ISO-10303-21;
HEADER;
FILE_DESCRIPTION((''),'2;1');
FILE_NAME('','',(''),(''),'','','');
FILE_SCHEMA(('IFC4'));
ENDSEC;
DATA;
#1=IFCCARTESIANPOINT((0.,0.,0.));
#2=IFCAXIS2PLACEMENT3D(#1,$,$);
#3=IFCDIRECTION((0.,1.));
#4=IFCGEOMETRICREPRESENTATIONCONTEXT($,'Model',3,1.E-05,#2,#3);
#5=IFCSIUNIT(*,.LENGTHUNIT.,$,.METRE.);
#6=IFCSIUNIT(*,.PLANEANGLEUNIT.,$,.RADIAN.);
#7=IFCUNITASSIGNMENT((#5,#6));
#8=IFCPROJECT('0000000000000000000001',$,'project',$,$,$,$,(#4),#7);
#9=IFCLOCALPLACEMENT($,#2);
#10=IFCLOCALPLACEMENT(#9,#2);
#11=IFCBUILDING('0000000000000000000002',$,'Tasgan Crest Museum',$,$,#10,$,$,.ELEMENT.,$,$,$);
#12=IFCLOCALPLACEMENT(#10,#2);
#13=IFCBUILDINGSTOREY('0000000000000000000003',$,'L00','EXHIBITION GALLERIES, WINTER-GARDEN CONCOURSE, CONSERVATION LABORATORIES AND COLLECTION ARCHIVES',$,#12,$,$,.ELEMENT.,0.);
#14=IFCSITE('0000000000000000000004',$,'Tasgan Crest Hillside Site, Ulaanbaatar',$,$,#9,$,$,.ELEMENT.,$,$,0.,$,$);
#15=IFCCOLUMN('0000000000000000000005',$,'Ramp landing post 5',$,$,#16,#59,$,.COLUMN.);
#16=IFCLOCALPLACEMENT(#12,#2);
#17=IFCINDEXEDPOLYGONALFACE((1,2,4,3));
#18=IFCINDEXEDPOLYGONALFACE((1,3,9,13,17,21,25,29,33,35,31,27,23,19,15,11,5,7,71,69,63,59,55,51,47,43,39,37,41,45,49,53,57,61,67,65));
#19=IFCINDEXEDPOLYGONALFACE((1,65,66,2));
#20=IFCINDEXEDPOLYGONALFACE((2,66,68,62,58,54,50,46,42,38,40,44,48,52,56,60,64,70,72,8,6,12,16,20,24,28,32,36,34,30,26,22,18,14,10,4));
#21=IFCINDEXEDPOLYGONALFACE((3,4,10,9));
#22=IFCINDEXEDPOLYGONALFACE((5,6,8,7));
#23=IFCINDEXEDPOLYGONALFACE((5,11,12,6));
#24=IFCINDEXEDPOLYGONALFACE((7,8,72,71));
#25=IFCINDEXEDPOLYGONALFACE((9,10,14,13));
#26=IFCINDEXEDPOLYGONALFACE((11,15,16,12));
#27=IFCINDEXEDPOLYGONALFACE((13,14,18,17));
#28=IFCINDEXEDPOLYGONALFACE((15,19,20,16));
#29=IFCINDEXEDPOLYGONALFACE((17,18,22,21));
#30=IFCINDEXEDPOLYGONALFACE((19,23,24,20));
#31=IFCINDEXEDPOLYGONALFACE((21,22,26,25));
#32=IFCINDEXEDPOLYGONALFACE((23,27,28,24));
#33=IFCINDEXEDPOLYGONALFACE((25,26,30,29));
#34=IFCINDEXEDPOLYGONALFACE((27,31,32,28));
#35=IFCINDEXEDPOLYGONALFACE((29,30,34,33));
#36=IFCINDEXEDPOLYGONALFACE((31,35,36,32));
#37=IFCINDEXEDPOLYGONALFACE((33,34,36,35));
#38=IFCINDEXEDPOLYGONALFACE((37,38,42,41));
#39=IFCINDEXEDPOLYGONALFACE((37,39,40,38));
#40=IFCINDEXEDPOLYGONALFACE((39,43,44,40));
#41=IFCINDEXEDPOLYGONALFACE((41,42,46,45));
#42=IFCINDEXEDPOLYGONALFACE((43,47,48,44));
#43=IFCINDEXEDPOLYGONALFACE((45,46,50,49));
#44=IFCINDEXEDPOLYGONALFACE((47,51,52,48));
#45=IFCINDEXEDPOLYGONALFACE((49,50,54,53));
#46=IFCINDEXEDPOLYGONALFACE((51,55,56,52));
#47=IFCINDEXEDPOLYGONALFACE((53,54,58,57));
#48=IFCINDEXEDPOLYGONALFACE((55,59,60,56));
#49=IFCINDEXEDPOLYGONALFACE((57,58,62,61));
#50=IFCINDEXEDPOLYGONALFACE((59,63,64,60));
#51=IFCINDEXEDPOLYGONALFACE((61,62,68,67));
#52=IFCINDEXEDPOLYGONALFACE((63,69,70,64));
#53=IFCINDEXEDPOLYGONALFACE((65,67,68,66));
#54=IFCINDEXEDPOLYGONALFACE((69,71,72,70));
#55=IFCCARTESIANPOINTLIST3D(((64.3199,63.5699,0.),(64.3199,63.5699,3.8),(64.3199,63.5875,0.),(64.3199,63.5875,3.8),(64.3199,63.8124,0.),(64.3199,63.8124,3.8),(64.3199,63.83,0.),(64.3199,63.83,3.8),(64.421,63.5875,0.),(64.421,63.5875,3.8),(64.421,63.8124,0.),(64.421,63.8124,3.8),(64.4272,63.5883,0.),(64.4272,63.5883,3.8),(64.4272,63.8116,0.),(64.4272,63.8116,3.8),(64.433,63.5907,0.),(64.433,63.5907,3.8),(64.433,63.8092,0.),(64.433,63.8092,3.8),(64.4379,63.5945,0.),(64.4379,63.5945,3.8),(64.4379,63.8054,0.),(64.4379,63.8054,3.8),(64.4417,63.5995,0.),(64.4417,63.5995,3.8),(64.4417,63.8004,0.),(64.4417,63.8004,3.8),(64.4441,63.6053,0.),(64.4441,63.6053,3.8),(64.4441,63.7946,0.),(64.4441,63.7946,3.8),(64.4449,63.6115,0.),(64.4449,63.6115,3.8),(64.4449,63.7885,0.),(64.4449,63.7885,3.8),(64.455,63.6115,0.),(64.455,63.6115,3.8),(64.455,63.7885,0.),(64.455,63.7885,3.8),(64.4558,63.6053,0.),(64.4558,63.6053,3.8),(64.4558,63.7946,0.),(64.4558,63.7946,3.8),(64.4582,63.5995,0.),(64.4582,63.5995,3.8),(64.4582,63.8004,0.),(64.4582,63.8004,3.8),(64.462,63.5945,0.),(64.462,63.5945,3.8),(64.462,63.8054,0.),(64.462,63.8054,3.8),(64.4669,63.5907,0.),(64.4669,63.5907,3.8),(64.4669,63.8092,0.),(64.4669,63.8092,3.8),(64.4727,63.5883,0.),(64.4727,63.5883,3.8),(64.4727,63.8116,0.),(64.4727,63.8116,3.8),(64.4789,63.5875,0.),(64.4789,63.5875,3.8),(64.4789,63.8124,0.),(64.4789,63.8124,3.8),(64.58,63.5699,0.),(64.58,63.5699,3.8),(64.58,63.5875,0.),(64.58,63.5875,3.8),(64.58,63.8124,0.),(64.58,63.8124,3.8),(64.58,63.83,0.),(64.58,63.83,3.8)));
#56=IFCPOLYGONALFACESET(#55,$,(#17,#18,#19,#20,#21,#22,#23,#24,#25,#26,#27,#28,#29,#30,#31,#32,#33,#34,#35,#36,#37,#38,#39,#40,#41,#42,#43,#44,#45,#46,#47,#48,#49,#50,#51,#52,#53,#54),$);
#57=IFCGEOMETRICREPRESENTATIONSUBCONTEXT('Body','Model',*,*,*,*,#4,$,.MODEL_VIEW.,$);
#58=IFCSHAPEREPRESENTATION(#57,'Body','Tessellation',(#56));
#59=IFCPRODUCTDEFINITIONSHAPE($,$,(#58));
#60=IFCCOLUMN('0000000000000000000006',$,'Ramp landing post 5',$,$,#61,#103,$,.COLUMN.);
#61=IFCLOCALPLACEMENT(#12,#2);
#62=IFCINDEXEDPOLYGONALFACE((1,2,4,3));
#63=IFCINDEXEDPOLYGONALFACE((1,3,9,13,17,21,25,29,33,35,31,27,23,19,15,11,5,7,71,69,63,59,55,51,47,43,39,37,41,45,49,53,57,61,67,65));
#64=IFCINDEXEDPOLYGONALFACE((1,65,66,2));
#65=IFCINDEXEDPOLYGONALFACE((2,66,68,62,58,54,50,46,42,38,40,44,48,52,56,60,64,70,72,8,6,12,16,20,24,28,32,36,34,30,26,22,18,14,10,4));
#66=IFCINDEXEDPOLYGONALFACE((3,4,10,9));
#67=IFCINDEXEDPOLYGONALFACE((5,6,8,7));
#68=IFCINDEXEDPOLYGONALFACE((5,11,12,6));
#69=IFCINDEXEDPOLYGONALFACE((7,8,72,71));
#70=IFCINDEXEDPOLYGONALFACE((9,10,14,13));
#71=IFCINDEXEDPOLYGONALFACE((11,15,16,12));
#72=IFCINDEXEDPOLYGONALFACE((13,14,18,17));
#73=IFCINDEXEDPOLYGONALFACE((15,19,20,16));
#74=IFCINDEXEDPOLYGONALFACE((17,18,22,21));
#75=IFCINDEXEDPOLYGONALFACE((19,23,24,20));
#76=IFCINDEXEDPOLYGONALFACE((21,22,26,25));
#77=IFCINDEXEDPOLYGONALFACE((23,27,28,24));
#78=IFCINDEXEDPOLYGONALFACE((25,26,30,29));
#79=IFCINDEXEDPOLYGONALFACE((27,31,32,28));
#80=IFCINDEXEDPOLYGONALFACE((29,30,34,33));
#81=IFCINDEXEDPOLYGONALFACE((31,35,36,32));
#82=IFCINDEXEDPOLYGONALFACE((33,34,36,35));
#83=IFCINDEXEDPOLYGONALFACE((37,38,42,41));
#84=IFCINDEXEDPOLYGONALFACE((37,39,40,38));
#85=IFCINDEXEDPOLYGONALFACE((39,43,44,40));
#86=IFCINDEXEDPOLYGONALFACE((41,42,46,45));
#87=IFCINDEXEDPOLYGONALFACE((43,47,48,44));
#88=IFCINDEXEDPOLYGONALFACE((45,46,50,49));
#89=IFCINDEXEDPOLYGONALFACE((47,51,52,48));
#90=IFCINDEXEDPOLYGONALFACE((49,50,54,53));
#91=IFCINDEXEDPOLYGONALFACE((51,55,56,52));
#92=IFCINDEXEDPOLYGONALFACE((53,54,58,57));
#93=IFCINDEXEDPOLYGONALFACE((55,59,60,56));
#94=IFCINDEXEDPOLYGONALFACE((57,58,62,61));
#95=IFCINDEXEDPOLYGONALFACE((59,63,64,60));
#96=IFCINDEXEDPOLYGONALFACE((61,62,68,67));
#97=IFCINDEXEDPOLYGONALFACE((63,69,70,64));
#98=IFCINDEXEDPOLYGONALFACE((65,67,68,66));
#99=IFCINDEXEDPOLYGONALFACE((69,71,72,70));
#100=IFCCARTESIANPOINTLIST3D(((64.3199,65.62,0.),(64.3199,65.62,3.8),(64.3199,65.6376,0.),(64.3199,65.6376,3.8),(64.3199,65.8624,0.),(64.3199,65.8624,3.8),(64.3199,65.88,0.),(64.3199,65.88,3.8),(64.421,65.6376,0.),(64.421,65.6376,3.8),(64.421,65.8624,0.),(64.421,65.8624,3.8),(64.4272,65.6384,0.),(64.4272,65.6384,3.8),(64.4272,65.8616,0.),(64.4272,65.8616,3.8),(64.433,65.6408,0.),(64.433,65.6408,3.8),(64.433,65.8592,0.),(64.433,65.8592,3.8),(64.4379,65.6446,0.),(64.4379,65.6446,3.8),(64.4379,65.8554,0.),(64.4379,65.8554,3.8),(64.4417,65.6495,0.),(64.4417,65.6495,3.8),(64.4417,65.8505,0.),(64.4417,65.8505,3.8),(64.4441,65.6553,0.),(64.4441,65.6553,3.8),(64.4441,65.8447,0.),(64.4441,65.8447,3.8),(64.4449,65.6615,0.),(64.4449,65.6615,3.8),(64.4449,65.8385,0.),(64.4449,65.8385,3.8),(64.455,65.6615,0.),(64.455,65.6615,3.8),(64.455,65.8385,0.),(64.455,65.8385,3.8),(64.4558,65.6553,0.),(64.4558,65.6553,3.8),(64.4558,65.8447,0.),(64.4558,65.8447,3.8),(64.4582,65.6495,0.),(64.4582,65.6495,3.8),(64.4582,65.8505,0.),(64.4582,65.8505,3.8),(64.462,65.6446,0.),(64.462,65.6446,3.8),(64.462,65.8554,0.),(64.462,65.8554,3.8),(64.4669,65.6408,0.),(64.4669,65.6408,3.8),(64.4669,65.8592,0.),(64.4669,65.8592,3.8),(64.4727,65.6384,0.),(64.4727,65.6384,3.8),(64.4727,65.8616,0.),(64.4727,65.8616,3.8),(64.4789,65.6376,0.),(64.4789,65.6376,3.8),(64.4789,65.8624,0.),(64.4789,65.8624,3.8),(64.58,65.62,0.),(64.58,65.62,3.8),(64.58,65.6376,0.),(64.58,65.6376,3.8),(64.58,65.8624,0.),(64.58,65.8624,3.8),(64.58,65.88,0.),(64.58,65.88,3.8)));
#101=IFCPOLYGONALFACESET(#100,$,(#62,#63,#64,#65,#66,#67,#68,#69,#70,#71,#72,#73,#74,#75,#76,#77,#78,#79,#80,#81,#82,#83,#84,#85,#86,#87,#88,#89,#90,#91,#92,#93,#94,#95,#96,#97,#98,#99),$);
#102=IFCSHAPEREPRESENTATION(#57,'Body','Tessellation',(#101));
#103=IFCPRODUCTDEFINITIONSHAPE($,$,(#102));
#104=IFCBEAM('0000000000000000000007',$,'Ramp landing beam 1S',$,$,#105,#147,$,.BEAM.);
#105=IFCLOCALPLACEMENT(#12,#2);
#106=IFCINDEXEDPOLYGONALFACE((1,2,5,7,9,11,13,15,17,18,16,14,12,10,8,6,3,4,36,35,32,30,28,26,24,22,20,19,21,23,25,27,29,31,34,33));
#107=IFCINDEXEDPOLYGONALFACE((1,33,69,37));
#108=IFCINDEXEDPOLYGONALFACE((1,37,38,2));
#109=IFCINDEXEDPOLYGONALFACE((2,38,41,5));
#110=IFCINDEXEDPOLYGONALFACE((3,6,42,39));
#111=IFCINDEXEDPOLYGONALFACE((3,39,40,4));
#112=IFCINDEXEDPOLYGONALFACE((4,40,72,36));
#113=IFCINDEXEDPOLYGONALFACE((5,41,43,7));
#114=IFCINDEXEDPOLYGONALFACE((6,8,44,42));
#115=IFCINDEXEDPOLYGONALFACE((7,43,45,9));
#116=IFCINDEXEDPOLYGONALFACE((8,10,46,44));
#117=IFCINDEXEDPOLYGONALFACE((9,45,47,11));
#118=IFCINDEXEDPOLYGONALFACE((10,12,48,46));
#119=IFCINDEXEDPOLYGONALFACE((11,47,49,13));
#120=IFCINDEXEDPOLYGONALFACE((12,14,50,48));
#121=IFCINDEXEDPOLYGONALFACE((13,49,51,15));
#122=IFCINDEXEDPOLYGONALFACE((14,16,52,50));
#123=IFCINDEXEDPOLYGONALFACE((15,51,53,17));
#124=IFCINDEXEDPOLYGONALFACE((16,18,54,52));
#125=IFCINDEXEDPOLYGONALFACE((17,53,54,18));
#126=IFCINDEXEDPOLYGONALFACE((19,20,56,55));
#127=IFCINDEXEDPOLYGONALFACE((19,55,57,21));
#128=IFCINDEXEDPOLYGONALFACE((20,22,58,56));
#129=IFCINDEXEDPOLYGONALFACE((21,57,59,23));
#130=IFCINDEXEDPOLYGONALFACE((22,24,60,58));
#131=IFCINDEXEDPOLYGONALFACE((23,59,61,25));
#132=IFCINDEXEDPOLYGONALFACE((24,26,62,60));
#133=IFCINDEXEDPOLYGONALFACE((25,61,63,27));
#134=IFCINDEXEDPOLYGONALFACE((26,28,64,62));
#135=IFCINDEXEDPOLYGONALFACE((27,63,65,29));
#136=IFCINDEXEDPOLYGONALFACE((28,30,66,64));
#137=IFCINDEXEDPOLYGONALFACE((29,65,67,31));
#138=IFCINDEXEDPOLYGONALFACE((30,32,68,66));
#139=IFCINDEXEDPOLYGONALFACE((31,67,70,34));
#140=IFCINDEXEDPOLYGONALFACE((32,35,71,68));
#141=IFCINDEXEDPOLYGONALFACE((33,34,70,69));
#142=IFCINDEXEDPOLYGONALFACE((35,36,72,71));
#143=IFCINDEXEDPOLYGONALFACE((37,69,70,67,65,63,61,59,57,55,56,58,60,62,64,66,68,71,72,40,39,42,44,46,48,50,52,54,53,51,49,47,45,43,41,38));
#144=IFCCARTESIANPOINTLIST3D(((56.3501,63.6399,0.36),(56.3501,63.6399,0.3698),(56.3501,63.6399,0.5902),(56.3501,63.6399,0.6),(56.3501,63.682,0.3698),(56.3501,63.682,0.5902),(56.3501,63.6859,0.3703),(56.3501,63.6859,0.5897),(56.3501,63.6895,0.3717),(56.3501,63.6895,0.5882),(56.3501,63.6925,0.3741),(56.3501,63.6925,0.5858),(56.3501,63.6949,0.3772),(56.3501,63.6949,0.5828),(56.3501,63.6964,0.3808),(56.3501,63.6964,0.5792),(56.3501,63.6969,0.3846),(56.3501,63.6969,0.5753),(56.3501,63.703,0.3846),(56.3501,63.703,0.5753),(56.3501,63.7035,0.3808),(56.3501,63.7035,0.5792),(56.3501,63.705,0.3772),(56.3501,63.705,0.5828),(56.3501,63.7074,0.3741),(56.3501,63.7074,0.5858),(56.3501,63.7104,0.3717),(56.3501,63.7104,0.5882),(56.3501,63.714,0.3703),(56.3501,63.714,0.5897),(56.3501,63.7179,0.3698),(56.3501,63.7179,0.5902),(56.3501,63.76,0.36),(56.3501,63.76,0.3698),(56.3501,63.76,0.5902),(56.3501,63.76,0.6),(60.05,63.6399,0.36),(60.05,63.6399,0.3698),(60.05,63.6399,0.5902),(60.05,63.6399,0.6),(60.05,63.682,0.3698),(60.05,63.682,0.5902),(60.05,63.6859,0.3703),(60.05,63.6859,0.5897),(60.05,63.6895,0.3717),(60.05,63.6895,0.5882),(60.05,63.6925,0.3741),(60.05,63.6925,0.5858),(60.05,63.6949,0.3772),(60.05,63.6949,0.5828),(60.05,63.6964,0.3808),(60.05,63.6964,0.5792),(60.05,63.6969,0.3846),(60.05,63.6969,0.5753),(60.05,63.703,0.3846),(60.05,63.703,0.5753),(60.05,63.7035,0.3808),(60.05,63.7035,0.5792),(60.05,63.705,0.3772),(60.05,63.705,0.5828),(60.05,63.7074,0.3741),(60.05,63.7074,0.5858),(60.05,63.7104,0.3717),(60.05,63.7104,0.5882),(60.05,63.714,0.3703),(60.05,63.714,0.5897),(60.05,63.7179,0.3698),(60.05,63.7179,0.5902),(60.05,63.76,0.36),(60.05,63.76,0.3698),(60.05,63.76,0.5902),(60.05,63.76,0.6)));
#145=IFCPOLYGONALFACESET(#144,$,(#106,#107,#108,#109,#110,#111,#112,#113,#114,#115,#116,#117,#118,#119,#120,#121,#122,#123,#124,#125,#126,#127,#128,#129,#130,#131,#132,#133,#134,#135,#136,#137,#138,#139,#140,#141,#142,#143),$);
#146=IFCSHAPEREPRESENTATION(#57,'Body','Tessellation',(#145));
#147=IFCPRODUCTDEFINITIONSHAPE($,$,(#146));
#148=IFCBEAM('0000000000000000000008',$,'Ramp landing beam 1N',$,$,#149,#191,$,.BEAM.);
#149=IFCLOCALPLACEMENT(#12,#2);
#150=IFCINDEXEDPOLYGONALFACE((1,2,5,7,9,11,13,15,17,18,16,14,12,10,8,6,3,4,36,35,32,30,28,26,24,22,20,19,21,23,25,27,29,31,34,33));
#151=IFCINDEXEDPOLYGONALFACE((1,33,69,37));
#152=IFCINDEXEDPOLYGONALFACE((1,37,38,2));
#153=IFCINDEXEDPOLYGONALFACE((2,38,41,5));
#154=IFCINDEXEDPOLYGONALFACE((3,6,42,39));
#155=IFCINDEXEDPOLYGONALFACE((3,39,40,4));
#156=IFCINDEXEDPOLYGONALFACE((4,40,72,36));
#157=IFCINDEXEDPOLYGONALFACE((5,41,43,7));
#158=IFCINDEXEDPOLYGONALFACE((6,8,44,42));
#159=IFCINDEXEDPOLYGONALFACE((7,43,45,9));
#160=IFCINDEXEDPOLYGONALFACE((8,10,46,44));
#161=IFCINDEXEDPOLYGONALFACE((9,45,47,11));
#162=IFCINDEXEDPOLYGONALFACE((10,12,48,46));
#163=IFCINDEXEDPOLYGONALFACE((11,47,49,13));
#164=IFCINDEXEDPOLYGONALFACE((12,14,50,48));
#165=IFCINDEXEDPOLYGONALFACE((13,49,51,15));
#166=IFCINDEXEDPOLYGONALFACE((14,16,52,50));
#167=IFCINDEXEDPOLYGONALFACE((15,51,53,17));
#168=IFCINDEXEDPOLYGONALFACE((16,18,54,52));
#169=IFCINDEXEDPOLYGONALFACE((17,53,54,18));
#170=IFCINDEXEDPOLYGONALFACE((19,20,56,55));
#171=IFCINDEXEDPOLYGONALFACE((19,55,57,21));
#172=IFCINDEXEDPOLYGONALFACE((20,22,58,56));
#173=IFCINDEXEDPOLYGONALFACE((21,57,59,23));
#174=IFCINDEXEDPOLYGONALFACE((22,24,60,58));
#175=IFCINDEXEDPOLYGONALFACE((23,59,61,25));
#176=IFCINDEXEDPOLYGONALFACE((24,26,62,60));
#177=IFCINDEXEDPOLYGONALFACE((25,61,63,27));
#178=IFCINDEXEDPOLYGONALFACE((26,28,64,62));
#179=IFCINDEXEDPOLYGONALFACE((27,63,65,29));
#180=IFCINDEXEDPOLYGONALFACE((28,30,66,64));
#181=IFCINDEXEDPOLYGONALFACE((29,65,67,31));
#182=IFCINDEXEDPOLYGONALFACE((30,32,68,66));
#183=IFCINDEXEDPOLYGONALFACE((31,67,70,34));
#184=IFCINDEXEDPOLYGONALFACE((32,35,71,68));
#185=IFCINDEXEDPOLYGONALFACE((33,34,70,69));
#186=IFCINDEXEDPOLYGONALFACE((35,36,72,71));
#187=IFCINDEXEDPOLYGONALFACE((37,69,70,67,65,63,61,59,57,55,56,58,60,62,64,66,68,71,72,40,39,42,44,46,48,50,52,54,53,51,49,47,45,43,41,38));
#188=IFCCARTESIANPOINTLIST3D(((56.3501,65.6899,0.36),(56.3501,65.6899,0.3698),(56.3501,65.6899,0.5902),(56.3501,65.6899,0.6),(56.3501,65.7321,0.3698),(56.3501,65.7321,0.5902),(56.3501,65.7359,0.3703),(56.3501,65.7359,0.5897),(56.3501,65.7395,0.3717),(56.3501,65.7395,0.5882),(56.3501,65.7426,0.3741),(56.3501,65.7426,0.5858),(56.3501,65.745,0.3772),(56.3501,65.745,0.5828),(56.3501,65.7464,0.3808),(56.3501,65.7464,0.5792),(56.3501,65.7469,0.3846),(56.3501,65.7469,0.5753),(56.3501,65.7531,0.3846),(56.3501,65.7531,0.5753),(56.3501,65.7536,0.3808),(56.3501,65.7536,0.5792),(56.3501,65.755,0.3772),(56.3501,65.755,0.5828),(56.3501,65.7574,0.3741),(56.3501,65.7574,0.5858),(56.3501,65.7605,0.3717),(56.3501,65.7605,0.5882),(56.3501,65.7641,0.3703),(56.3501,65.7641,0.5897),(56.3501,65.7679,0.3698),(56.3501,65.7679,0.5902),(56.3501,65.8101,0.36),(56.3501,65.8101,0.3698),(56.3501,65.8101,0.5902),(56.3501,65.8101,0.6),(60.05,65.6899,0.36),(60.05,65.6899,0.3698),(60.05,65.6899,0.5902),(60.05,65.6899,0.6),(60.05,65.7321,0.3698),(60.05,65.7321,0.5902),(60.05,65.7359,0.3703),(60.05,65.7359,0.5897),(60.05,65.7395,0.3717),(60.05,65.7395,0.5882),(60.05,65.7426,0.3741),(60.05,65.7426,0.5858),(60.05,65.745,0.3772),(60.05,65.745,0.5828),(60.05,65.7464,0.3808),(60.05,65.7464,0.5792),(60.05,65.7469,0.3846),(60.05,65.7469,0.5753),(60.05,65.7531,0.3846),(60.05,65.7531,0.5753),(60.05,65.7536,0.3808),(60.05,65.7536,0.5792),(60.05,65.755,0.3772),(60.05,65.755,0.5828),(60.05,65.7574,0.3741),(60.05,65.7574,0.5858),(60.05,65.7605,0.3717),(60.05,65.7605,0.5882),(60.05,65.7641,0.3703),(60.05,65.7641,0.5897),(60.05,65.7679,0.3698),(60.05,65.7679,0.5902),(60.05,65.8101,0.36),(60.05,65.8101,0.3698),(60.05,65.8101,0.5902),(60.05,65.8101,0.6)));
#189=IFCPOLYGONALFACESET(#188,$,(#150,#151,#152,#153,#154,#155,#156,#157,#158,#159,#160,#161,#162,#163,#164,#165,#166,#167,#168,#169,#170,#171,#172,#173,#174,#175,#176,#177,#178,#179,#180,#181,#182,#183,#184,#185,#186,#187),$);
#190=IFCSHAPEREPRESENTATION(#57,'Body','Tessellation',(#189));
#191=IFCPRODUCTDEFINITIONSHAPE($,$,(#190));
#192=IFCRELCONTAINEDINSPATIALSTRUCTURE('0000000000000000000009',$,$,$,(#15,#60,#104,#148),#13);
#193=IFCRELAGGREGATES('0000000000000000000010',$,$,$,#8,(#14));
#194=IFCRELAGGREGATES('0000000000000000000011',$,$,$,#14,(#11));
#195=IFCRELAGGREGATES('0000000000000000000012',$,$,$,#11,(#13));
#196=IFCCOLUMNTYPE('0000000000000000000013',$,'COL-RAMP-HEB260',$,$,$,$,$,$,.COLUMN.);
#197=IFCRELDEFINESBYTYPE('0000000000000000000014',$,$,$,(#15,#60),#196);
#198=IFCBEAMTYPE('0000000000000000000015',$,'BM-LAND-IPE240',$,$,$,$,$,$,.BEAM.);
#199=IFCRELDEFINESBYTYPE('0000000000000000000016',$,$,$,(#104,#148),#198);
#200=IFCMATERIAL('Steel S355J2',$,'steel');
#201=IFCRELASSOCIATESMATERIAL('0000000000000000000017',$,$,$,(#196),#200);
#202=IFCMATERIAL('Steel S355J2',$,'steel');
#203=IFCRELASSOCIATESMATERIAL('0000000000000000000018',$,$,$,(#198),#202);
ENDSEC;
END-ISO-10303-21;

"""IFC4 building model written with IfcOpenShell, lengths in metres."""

from ifc_helpers import new_model, si_unit, direction, frame, origin, origin_2d, place, context, subcontext, project, spatial, i_section, extrude, material, material_profile, profile_set, type_object, element, save


model = new_model("IFC4")

# Units and contexts
model_context = context("Model", 3, precision=1e-05, world=origin(), true_north=direction((0.0, 1.0)))
body_context = subcontext(model_context, "Body", "Model", "MODEL_VIEW")
ifc_project = project(units=[si_unit("LENGTHUNIT", "METRE"), si_unit("PLANEANGLEUNIT", "RADIAN")], contexts=[model_context])

# Site, building, storey
site_placement = place(None, origin())
site = spatial("IfcSite", under=ifc_project, at=site_placement, Name="Tasgan Crest Hillside Site, Ulaanbaatar", CompositionType="ELEMENT", RefElevation=0.0)
building_placement = place(site_placement, origin())
building = spatial("IfcBuilding", under=site, at=building_placement, Name="Tasgan Crest Museum", CompositionType="ELEMENT")
storey_placement = place(building_placement, origin())
storey = spatial("IfcBuildingStorey", under=building, at=storey_placement, Name="L00", Description="EXHIBITION GALLERIES, WINTER-GARDEN CONCOURSE, CONSERVATION LABORATORIES AND COLLECTION ARCHIVES", CompositionType="ELEMENT", Elevation=0.0)

# Columns
ifc_material_1 = material(Name="Steel S355J2", Category="steel")
ifc_material_profile_1 = material_profile(ifc_material_1, i_section(OverallWidth=0.26, OverallDepth=0.26, WebThickness=0.01, FlangeThickness=0.0176, FilletRadius=0.0239, at=origin_2d()), Name="HEB 260")
ifc_profile_set_1 = profile_set([ifc_material_profile_1], Name="Steel S355J2")
column_type_1 = type_object("IfcColumnType", Name="COL-RAMP-HEB260", PredefinedType="COLUMN", material=ifc_profile_set_1)
for number, where, z_axis, x_axis, name in (
    (1, (64.45, 63.7, 0.0), (0.0, 0.0, 1.0), (1.0, 0.0, 0.0), "Ramp landing post 5"),
    (2, (64.45, 65.75, 0.0), (0.0, 0.0, 1.0), (1.0, 0.0, 0.0), "Ramp landing post 5"),
):
    element("IfcColumn", number, at=place(storey_placement, frame(where, z_axis=z_axis, x_axis=x_axis)), inside=storey, type_object=column_type_1, Name=name, PredefinedType="COLUMN", context=body_context, shape_type="SweptSolid", body=[
        extrude(i_section(OverallWidth=0.26, OverallDepth=0.26, WebThickness=0.01, FlangeThickness=0.0176, FilletRadius=0.0239, at=origin_2d()), origin(), (0.0, 0.0, 1.0), 3.8),
    ])

# Beams
ifc_material_2 = material(Name="Steel S355J2", Category="steel")
ifc_material_profile_2 = material_profile(ifc_material_2, i_section(OverallWidth=0.1201, OverallDepth=0.24, WebThickness=0.0061, FlangeThickness=0.0098, FilletRadius=0.0149, at=origin_2d()), Name="IPE 240")
ifc_profile_set_2 = profile_set([ifc_material_profile_2], Name="Steel S355J2")
beam_type = type_object("IfcBeamType", Name="BM-LAND-IPE240", PredefinedType="BEAM", material=ifc_profile_set_2)
for number, where, z_axis, x_axis, name in (
    (3, (56.3501, 63.7, 0.48), (1.0, 0.0, 0.0), (0.0, 1.0, 0.0), "Ramp landing beam 1S"),
    (4, (56.3501, 65.75, 0.48), (1.0, 0.0, 0.0), (0.0, 1.0, 0.0), "Ramp landing beam 1N"),
):
    element("IfcBeam", number, at=place(storey_placement, frame(where, z_axis=z_axis, x_axis=x_axis)), inside=storey, type_object=beam_type, Name=name, PredefinedType="BEAM", context=body_context, shape_type="SweptSolid", body=[
        extrude(i_section(OverallWidth=0.1201, OverallDepth=0.24, WebThickness=0.0061, FlangeThickness=0.0098, FilletRadius=0.0149, at=origin_2d()), origin(), (0.0, 0.0, 1.0), 3.7),
    ])

save(model, "model.ifc")
